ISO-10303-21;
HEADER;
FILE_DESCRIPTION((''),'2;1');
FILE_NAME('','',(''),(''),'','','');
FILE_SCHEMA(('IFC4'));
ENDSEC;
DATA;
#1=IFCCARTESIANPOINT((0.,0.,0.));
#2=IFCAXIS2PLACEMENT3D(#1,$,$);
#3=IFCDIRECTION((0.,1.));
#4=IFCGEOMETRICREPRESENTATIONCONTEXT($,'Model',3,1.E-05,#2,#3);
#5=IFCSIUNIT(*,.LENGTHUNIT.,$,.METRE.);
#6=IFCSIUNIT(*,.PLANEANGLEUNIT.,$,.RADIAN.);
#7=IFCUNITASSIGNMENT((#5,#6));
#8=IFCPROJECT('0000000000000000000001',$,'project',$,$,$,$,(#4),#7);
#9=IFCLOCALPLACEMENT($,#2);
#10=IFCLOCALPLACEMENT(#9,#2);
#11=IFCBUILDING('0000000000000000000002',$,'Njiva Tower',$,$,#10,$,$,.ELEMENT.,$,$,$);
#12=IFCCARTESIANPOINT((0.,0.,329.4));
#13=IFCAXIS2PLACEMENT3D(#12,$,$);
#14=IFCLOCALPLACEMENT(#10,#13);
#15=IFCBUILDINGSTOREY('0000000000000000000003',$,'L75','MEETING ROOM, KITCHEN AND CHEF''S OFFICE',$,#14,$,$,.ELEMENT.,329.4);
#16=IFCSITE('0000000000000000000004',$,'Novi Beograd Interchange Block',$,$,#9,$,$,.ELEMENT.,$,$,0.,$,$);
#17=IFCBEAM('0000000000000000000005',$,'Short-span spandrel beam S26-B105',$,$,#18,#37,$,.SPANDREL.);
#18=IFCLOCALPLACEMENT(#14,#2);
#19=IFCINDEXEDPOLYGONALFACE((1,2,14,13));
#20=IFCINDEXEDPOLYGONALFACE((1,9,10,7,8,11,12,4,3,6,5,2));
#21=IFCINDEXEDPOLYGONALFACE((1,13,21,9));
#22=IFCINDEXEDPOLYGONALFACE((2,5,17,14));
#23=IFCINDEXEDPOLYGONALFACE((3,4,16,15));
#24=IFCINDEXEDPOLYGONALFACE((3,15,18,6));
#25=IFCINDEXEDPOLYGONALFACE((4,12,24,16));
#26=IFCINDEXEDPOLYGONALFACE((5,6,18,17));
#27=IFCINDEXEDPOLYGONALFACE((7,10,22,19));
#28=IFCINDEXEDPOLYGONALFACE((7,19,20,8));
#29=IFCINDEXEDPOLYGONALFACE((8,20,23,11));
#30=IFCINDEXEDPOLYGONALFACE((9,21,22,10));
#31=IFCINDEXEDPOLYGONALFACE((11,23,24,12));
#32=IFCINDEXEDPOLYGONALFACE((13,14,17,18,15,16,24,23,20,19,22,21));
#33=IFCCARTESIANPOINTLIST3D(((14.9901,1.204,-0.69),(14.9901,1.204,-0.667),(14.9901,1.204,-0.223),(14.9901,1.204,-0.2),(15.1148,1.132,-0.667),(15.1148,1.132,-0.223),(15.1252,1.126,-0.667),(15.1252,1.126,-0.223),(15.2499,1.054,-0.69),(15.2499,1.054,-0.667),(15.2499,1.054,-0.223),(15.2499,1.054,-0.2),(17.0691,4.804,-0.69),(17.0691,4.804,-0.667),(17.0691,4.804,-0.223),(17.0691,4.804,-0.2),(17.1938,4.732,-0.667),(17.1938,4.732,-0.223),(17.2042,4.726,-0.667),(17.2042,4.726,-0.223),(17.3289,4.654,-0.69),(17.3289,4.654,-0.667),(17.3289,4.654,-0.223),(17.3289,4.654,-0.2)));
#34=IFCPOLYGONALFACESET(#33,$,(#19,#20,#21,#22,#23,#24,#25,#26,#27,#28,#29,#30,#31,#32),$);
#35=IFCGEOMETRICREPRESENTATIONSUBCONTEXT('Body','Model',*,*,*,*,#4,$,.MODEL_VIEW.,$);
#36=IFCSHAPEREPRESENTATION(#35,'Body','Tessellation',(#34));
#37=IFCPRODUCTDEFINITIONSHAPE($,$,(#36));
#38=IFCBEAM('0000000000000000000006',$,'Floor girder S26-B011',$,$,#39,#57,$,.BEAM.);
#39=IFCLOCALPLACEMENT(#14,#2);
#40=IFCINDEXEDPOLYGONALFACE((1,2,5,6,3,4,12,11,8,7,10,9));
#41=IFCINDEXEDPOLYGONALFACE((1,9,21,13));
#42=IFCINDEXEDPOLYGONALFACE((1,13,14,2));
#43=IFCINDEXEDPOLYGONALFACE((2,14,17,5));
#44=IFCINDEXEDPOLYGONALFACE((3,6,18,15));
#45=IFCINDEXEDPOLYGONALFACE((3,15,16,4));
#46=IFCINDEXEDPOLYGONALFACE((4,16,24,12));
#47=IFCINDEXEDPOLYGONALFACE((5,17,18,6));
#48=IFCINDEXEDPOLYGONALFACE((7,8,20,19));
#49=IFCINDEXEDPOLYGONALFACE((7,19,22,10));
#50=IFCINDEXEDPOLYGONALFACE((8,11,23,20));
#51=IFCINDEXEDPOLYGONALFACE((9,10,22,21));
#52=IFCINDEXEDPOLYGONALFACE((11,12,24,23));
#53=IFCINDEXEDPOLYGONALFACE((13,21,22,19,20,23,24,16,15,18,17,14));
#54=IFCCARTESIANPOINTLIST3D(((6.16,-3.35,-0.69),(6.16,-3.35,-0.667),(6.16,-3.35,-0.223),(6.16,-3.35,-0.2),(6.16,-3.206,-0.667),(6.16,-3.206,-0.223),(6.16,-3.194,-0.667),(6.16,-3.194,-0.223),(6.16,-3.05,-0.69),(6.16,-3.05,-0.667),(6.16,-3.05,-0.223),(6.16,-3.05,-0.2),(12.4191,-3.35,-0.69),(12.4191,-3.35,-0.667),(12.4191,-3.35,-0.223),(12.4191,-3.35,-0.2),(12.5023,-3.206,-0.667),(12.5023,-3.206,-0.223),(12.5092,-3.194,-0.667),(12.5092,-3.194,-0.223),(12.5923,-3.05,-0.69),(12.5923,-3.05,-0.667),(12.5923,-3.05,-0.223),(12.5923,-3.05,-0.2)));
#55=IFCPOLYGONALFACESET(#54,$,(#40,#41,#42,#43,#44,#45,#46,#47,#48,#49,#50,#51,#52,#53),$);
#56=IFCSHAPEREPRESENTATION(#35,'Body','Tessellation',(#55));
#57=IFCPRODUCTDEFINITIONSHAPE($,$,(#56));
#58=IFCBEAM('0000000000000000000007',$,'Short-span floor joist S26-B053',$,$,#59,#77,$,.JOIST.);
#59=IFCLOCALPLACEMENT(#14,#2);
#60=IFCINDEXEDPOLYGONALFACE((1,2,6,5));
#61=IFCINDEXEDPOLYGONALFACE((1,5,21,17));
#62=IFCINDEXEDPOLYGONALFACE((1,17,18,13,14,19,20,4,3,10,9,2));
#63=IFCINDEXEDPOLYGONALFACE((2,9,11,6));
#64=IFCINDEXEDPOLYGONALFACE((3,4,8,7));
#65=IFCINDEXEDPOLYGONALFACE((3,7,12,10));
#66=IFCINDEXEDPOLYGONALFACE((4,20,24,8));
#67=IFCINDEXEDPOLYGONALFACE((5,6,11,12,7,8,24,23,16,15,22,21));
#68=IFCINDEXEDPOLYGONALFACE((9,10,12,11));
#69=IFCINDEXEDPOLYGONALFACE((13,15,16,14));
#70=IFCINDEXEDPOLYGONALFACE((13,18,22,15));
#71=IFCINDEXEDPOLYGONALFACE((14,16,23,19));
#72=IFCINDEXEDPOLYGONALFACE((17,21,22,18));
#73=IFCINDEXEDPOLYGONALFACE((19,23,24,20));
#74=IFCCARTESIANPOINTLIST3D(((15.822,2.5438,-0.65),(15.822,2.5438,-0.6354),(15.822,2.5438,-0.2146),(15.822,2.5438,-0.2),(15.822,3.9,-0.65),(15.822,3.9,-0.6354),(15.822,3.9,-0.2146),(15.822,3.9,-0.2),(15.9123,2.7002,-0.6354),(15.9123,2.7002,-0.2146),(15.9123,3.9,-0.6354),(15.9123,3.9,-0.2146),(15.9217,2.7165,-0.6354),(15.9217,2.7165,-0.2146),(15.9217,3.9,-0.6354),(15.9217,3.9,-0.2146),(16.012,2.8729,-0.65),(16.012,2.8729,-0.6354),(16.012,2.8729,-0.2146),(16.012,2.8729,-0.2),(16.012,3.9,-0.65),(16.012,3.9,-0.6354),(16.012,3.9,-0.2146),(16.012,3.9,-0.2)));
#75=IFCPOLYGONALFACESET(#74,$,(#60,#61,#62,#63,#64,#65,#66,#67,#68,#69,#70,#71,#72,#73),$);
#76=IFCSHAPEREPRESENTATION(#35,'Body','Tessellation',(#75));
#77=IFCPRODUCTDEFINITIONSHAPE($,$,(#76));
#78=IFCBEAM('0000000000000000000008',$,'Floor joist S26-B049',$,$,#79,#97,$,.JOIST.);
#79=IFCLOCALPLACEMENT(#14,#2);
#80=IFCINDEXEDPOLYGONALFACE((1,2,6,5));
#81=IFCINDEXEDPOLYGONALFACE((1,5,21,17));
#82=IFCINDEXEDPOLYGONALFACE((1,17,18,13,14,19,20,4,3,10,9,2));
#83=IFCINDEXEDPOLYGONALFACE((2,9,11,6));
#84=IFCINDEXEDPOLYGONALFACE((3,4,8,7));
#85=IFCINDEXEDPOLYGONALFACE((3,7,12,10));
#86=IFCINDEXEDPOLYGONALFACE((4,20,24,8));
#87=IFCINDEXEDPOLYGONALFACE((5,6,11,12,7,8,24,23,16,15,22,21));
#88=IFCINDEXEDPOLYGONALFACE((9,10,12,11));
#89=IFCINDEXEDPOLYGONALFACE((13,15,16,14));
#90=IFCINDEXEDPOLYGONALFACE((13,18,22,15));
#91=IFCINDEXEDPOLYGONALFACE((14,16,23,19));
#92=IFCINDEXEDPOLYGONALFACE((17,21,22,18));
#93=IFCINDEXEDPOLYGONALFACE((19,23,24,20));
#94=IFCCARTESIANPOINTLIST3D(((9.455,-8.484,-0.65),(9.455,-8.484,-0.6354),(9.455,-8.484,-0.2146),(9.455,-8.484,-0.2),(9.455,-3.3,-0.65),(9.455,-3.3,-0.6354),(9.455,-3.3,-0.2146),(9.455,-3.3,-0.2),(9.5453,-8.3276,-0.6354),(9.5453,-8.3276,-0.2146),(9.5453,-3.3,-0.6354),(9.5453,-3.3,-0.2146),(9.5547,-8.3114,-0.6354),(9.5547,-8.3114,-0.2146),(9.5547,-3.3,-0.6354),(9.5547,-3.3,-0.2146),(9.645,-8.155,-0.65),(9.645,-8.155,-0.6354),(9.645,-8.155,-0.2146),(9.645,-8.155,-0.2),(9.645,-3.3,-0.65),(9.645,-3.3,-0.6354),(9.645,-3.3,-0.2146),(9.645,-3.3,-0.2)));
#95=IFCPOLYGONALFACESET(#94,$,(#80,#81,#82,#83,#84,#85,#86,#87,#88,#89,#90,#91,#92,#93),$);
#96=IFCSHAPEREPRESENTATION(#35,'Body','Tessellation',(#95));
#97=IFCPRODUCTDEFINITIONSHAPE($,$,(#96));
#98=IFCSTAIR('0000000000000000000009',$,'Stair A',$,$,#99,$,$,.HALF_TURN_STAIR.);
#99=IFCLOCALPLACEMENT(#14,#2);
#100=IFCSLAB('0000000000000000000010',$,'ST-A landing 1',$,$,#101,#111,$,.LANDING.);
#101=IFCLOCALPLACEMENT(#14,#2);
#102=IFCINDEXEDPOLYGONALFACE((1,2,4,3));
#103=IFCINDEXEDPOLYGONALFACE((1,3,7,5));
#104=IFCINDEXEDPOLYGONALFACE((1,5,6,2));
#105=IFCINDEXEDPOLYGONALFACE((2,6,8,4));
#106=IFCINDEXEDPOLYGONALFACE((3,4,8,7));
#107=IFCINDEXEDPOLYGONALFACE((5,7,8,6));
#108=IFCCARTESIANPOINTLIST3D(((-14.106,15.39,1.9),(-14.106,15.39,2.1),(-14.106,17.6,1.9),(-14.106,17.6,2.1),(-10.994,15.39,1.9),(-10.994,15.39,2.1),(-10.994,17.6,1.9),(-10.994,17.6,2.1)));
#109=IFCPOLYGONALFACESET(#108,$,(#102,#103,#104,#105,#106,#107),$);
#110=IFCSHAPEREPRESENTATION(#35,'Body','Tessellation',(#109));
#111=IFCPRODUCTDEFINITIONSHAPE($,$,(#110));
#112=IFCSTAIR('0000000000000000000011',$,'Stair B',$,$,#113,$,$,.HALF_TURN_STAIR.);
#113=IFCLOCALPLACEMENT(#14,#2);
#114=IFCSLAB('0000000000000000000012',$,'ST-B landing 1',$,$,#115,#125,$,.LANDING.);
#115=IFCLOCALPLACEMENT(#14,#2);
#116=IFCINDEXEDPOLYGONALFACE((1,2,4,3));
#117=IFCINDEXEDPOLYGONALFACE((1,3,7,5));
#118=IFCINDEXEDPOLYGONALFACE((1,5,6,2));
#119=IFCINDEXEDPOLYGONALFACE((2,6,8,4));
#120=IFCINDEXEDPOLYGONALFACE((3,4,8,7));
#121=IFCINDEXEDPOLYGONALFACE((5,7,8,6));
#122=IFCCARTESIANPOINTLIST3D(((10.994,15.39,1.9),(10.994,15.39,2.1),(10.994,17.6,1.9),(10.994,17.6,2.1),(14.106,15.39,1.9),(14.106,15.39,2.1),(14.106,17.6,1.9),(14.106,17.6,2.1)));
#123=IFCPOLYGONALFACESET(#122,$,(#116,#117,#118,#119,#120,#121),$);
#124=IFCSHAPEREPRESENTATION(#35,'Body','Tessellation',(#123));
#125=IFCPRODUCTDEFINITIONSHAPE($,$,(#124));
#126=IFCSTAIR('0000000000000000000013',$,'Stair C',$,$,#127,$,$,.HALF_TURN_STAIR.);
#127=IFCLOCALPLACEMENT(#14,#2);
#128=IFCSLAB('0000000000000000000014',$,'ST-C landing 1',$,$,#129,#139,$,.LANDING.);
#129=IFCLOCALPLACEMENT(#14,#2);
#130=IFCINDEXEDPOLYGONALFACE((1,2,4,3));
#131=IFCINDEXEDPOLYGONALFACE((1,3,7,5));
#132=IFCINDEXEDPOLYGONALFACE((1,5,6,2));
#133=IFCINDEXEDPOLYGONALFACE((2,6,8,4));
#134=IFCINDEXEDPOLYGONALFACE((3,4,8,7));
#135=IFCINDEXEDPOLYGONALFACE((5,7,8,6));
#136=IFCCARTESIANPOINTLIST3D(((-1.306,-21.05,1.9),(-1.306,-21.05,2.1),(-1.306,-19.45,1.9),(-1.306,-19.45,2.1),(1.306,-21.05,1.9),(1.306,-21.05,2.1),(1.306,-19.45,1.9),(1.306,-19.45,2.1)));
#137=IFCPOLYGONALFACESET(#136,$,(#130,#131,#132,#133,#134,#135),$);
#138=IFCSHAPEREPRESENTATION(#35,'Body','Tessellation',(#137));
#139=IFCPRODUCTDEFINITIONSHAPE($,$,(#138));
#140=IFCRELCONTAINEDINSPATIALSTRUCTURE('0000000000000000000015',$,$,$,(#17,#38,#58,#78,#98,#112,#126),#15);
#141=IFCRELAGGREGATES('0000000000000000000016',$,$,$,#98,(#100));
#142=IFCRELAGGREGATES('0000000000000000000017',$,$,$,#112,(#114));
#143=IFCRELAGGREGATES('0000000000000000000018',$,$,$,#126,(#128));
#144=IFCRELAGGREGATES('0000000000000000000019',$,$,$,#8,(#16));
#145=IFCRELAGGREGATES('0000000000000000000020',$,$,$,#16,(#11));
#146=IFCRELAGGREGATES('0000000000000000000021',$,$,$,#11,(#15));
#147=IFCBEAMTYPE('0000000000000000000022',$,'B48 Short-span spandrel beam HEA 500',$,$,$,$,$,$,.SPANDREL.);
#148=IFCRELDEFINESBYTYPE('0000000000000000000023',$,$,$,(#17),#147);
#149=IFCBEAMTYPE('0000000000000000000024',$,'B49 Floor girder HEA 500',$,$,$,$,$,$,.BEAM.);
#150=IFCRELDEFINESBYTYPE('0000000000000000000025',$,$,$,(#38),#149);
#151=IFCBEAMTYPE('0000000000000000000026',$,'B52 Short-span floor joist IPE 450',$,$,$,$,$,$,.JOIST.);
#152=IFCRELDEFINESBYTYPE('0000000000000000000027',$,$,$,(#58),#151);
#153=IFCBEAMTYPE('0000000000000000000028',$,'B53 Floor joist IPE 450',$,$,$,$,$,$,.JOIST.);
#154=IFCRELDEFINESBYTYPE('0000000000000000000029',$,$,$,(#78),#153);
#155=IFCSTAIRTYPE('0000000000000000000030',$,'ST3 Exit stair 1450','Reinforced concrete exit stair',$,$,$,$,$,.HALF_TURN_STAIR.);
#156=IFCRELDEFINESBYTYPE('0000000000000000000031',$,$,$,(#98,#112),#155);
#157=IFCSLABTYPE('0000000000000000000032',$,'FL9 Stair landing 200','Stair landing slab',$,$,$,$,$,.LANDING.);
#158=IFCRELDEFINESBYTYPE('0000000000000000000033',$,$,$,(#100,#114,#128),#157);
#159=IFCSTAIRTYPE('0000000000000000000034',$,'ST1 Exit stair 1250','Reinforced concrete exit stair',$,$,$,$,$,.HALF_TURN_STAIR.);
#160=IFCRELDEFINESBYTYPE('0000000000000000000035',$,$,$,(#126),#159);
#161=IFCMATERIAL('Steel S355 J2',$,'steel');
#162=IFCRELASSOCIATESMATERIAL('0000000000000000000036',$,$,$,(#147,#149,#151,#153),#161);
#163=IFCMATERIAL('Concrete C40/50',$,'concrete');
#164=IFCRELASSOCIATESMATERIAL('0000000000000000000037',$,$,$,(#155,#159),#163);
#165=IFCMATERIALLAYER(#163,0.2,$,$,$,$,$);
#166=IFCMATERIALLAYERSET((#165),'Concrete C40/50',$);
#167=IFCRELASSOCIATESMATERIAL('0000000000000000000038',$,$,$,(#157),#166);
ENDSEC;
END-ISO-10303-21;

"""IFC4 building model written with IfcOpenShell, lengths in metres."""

from ifc_helpers import new_model, si_unit, direction, frame, origin, origin_2d, place, context, subcontext, project, spatial, polyline, i_section, outline, extrude, clip, halfspace, material, layer, layer_set, material_profile, profile_set, type_object, element, aggregate, save


model = new_model("IFC4")

# Units and contexts
model_context = context("Model", 3, precision=1e-05, world=origin(), true_north=direction((0.0, 1.0)))
body_context = subcontext(model_context, "Body", "Model", "MODEL_VIEW")
ifc_project = project(units=[si_unit("LENGTHUNIT", "METRE"), si_unit("PLANEANGLEUNIT", "RADIAN")], contexts=[model_context])

# Site, building, storey
site_placement = place(None, origin())
site = spatial("IfcSite", under=ifc_project, at=site_placement, Name="Novi Beograd Interchange Block", CompositionType="ELEMENT", RefElevation=0.0)
building_placement = place(site_placement, origin())
building = spatial("IfcBuilding", under=site, at=building_placement, Name="Njiva Tower", CompositionType="ELEMENT")
storey_placement = place(building_placement, frame((0.0, 0.0, 329.4)))
storey = spatial("IfcBuildingStorey", under=building, at=storey_placement, Name="L75", Description="MEETING ROOM, KITCHEN AND CHEF'S OFFICE", CompositionType="ELEMENT", Elevation=329.4)

# Shared definitions
ifc_material_1 = material(Name="Steel S355 J2", Category="steel")

# Beams
ifc_material_profile_1 = material_profile(ifc_material_1, i_section(OverallWidth=0.3, OverallDepth=0.49, WebThickness=0.012, FlangeThickness=0.023, at=origin_2d()), Name="HEA 500")
ifc_profile_set_1 = profile_set([ifc_material_profile_1], Name="Steel S355 J2")
beam_type_1 = type_object("IfcBeamType", Name="B48 Short-span spandrel beam HEA 500", PredefinedType="SPANDREL", material=ifc_profile_set_1)
for number, where, z_axis, x_axis, name in (
    (1, (15.12, 1.129, -0.445), (0.500097, 0.865969, 0.0), (-0.865969, 0.500097, 0.0), "Short-span spandrel beam S26-B105"),
):
    element("IfcBeam", number, at=place(storey_placement, frame(where, z_axis=z_axis, x_axis=x_axis)), inside=storey, type_object=beam_type_1, Name=name, PredefinedType="SPANDREL", context=body_context, shape_type="SweptSolid", body=[
        extrude(i_section(OverallWidth=0.3, OverallDepth=0.49, WebThickness=0.012, FlangeThickness=0.023, at=origin_2d()), origin(), (0.0, 0.0, 1.0), 4.1572),
    ])
ifc_material_profile_2 = material_profile(ifc_material_1, i_section(OverallWidth=0.3, OverallDepth=0.49, WebThickness=0.012, FlangeThickness=0.023, at=origin_2d()), Name="HEA 500")
ifc_profile_set_2 = profile_set([ifc_material_profile_2], Name="Steel S355 J2")
beam_type_2 = type_object("IfcBeamType", Name="B49 Floor girder HEA 500", PredefinedType="BEAM", material=ifc_profile_set_2)
beam_1_placement = place(storey_placement, frame((6.16, -3.2, -0.445), z_axis=(1.0, 0.0, 0.0), x_axis=(0.0, 1.0, 0.0)))
element("IfcBeam", 2, at=beam_1_placement, inside=storey, type_object=beam_type_2, Name="Floor girder S26-B011", PredefinedType="BEAM", context=body_context, shape_type="Clipping", body=[
    clip(extrude(i_section(OverallWidth=0.3, OverallDepth=0.49, WebThickness=0.012, FlangeThickness=0.023, at=origin_2d()), origin(), (0.0, 0.0, 1.0), 6.453), halfspace(frame((-0.025, 0.0, 6.3313), z_axis=(-0.499998, 0.0, 0.866027), x_axis=(0.0, 1.0, 0.0)), False)),
])
ifc_material_profile_3 = material_profile(ifc_material_1, i_section(OverallWidth=0.19, OverallDepth=0.45, WebThickness=0.0094, FlangeThickness=0.0146, at=origin_2d()), Name="IPE 450")
ifc_profile_set_3 = profile_set([ifc_material_profile_3], Name="Steel S355 J2")
beam_type_3 = type_object("IfcBeamType", Name="B52 Short-span floor joist IPE 450", PredefinedType="JOIST", material=ifc_profile_set_3)
beam_2_placement = place(storey_placement, frame((15.917, 3.9, -0.425), z_axis=(0.0, -1.0, 0.0), x_axis=(1.0, 0.0, 0.0)))
element("IfcBeam", 3, at=beam_2_placement, inside=storey, type_object=beam_type_3, Name="Short-span floor joist S26-B053", PredefinedType="JOIST", context=body_context, shape_type="Clipping", body=[
    clip(extrude(i_section(OverallWidth=0.19, OverallDepth=0.45, WebThickness=0.0094, FlangeThickness=0.0146, at=origin_2d()), origin(), (0.0, 0.0, 1.0), 1.377), halfspace(frame((0.043, 0.0, 1.1172), z_axis=(0.866027, 0.0, 0.499998), x_axis=(0.0, 1.0, 0.0)), False)),
])
ifc_material_profile_4 = material_profile(ifc_material_1, i_section(OverallWidth=0.19, OverallDepth=0.45, WebThickness=0.0094, FlangeThickness=0.0146, at=origin_2d()), Name="IPE 450")
ifc_profile_set_4 = profile_set([ifc_material_profile_4], Name="Steel S355 J2")
beam_type_4 = type_object("IfcBeamType", Name="B53 Floor joist IPE 450", PredefinedType="JOIST", material=ifc_profile_set_4)
beam_3_placement = place(storey_placement, frame((9.55, -3.3, -0.425), z_axis=(0.0, -1.0, 0.0), x_axis=(1.0, 0.0, 0.0)))
element("IfcBeam", 4, at=beam_3_placement, inside=storey, type_object=beam_type_4, Name="Floor joist S26-B049", PredefinedType="JOIST", context=body_context, shape_type="Clipping", body=[
    clip(extrude(i_section(OverallWidth=0.19, OverallDepth=0.45, WebThickness=0.0094, FlangeThickness=0.0146, at=origin_2d()), origin(), (0.0, 0.0, 1.0), 5.205), halfspace(frame((0.0433, 0.0, 4.9445), z_axis=(0.866027, 0.0, 0.499998), x_axis=(0.0, 1.0, 0.0)), False)),
])

# Stairs, slabs
ifc_material_2 = material(Name="Concrete C40/50", Category="concrete")
stair_type_1 = type_object("IfcStairType", Name="ST3 Exit stair 1450", Description="Reinforced concrete exit stair", PredefinedType="HALF_TURN_STAIR", material=ifc_material_2)
stair_1_placement = place(storey_placement, origin())
stair_1 = element("IfcStair", 5, at=stair_1_placement, inside=storey, type_object=stair_type_1, Name="Stair A", PredefinedType="HALF_TURN_STAIR")
ifc_layer_1 = layer(ifc_material_2, 0.2)
ifc_layer_set_1 = layer_set([ifc_layer_1], Name="Concrete C40/50")
slab_type_1 = type_object("IfcSlabType", Name="FL9 Stair landing 200", Description="Stair landing slab", PredefinedType="LANDING", material=ifc_layer_set_1)
slab_1_placement = place(storey_placement, frame((0.0, 0.0, 1.9)))
slab_1 = element("IfcSlab", 6, at=slab_1_placement, type_object=slab_type_1, Name="ST-A landing 1", PredefinedType="LANDING", context=body_context, shape_type="SweptSolid", body=[
    extrude(outline(polyline([(-14.106, 15.39), (-10.994, 15.39), (-10.994, 17.6), (-14.106, 17.6), (-14.106, 15.39)])), origin(), (0.0, 0.0, 1.0), 0.2),
])
aggregate(stair_1, [slab_1])
stair_2_placement = place(storey_placement, origin())
stair_2 = element("IfcStair", 7, at=stair_2_placement, inside=storey, type_object=stair_type_1, Name="Stair B", PredefinedType="HALF_TURN_STAIR")
slab_2_placement = place(storey_placement, frame((0.0, 0.0, 1.9)))
slab_2 = element("IfcSlab", 8, at=slab_2_placement, type_object=slab_type_1, Name="ST-B landing 1", PredefinedType="LANDING", context=body_context, shape_type="SweptSolid", body=[
    extrude(outline(polyline([(10.994, 15.39), (14.106, 15.39), (14.106, 17.6), (10.994, 17.6), (10.994, 15.39)])), origin(), (0.0, 0.0, 1.0), 0.2),
])
aggregate(stair_2, [slab_2])
stair_type_2 = type_object("IfcStairType", Name="ST1 Exit stair 1250", Description="Reinforced concrete exit stair", PredefinedType="HALF_TURN_STAIR", material=ifc_material_2)
stair_3_placement = place(storey_placement, origin())
stair_3 = element("IfcStair", 9, at=stair_3_placement, inside=storey, type_object=stair_type_2, Name="Stair C", PredefinedType="HALF_TURN_STAIR")
slab_3_placement = place(storey_placement, frame((0.0, 0.0, 1.9)))
slab_3 = element("IfcSlab", 10, at=slab_3_placement, type_object=slab_type_1, Name="ST-C landing 1", PredefinedType="LANDING", context=body_context, shape_type="SweptSolid", body=[
    extrude(outline(polyline([(-1.306, -21.05), (1.306, -21.05), (1.306, -19.45), (-1.306, -19.45), (-1.306, -21.05)])), origin(), (0.0, 0.0, 1.0), 0.2),
])
aggregate(stair_3, [slab_3])

save(model, "model.ifc")
